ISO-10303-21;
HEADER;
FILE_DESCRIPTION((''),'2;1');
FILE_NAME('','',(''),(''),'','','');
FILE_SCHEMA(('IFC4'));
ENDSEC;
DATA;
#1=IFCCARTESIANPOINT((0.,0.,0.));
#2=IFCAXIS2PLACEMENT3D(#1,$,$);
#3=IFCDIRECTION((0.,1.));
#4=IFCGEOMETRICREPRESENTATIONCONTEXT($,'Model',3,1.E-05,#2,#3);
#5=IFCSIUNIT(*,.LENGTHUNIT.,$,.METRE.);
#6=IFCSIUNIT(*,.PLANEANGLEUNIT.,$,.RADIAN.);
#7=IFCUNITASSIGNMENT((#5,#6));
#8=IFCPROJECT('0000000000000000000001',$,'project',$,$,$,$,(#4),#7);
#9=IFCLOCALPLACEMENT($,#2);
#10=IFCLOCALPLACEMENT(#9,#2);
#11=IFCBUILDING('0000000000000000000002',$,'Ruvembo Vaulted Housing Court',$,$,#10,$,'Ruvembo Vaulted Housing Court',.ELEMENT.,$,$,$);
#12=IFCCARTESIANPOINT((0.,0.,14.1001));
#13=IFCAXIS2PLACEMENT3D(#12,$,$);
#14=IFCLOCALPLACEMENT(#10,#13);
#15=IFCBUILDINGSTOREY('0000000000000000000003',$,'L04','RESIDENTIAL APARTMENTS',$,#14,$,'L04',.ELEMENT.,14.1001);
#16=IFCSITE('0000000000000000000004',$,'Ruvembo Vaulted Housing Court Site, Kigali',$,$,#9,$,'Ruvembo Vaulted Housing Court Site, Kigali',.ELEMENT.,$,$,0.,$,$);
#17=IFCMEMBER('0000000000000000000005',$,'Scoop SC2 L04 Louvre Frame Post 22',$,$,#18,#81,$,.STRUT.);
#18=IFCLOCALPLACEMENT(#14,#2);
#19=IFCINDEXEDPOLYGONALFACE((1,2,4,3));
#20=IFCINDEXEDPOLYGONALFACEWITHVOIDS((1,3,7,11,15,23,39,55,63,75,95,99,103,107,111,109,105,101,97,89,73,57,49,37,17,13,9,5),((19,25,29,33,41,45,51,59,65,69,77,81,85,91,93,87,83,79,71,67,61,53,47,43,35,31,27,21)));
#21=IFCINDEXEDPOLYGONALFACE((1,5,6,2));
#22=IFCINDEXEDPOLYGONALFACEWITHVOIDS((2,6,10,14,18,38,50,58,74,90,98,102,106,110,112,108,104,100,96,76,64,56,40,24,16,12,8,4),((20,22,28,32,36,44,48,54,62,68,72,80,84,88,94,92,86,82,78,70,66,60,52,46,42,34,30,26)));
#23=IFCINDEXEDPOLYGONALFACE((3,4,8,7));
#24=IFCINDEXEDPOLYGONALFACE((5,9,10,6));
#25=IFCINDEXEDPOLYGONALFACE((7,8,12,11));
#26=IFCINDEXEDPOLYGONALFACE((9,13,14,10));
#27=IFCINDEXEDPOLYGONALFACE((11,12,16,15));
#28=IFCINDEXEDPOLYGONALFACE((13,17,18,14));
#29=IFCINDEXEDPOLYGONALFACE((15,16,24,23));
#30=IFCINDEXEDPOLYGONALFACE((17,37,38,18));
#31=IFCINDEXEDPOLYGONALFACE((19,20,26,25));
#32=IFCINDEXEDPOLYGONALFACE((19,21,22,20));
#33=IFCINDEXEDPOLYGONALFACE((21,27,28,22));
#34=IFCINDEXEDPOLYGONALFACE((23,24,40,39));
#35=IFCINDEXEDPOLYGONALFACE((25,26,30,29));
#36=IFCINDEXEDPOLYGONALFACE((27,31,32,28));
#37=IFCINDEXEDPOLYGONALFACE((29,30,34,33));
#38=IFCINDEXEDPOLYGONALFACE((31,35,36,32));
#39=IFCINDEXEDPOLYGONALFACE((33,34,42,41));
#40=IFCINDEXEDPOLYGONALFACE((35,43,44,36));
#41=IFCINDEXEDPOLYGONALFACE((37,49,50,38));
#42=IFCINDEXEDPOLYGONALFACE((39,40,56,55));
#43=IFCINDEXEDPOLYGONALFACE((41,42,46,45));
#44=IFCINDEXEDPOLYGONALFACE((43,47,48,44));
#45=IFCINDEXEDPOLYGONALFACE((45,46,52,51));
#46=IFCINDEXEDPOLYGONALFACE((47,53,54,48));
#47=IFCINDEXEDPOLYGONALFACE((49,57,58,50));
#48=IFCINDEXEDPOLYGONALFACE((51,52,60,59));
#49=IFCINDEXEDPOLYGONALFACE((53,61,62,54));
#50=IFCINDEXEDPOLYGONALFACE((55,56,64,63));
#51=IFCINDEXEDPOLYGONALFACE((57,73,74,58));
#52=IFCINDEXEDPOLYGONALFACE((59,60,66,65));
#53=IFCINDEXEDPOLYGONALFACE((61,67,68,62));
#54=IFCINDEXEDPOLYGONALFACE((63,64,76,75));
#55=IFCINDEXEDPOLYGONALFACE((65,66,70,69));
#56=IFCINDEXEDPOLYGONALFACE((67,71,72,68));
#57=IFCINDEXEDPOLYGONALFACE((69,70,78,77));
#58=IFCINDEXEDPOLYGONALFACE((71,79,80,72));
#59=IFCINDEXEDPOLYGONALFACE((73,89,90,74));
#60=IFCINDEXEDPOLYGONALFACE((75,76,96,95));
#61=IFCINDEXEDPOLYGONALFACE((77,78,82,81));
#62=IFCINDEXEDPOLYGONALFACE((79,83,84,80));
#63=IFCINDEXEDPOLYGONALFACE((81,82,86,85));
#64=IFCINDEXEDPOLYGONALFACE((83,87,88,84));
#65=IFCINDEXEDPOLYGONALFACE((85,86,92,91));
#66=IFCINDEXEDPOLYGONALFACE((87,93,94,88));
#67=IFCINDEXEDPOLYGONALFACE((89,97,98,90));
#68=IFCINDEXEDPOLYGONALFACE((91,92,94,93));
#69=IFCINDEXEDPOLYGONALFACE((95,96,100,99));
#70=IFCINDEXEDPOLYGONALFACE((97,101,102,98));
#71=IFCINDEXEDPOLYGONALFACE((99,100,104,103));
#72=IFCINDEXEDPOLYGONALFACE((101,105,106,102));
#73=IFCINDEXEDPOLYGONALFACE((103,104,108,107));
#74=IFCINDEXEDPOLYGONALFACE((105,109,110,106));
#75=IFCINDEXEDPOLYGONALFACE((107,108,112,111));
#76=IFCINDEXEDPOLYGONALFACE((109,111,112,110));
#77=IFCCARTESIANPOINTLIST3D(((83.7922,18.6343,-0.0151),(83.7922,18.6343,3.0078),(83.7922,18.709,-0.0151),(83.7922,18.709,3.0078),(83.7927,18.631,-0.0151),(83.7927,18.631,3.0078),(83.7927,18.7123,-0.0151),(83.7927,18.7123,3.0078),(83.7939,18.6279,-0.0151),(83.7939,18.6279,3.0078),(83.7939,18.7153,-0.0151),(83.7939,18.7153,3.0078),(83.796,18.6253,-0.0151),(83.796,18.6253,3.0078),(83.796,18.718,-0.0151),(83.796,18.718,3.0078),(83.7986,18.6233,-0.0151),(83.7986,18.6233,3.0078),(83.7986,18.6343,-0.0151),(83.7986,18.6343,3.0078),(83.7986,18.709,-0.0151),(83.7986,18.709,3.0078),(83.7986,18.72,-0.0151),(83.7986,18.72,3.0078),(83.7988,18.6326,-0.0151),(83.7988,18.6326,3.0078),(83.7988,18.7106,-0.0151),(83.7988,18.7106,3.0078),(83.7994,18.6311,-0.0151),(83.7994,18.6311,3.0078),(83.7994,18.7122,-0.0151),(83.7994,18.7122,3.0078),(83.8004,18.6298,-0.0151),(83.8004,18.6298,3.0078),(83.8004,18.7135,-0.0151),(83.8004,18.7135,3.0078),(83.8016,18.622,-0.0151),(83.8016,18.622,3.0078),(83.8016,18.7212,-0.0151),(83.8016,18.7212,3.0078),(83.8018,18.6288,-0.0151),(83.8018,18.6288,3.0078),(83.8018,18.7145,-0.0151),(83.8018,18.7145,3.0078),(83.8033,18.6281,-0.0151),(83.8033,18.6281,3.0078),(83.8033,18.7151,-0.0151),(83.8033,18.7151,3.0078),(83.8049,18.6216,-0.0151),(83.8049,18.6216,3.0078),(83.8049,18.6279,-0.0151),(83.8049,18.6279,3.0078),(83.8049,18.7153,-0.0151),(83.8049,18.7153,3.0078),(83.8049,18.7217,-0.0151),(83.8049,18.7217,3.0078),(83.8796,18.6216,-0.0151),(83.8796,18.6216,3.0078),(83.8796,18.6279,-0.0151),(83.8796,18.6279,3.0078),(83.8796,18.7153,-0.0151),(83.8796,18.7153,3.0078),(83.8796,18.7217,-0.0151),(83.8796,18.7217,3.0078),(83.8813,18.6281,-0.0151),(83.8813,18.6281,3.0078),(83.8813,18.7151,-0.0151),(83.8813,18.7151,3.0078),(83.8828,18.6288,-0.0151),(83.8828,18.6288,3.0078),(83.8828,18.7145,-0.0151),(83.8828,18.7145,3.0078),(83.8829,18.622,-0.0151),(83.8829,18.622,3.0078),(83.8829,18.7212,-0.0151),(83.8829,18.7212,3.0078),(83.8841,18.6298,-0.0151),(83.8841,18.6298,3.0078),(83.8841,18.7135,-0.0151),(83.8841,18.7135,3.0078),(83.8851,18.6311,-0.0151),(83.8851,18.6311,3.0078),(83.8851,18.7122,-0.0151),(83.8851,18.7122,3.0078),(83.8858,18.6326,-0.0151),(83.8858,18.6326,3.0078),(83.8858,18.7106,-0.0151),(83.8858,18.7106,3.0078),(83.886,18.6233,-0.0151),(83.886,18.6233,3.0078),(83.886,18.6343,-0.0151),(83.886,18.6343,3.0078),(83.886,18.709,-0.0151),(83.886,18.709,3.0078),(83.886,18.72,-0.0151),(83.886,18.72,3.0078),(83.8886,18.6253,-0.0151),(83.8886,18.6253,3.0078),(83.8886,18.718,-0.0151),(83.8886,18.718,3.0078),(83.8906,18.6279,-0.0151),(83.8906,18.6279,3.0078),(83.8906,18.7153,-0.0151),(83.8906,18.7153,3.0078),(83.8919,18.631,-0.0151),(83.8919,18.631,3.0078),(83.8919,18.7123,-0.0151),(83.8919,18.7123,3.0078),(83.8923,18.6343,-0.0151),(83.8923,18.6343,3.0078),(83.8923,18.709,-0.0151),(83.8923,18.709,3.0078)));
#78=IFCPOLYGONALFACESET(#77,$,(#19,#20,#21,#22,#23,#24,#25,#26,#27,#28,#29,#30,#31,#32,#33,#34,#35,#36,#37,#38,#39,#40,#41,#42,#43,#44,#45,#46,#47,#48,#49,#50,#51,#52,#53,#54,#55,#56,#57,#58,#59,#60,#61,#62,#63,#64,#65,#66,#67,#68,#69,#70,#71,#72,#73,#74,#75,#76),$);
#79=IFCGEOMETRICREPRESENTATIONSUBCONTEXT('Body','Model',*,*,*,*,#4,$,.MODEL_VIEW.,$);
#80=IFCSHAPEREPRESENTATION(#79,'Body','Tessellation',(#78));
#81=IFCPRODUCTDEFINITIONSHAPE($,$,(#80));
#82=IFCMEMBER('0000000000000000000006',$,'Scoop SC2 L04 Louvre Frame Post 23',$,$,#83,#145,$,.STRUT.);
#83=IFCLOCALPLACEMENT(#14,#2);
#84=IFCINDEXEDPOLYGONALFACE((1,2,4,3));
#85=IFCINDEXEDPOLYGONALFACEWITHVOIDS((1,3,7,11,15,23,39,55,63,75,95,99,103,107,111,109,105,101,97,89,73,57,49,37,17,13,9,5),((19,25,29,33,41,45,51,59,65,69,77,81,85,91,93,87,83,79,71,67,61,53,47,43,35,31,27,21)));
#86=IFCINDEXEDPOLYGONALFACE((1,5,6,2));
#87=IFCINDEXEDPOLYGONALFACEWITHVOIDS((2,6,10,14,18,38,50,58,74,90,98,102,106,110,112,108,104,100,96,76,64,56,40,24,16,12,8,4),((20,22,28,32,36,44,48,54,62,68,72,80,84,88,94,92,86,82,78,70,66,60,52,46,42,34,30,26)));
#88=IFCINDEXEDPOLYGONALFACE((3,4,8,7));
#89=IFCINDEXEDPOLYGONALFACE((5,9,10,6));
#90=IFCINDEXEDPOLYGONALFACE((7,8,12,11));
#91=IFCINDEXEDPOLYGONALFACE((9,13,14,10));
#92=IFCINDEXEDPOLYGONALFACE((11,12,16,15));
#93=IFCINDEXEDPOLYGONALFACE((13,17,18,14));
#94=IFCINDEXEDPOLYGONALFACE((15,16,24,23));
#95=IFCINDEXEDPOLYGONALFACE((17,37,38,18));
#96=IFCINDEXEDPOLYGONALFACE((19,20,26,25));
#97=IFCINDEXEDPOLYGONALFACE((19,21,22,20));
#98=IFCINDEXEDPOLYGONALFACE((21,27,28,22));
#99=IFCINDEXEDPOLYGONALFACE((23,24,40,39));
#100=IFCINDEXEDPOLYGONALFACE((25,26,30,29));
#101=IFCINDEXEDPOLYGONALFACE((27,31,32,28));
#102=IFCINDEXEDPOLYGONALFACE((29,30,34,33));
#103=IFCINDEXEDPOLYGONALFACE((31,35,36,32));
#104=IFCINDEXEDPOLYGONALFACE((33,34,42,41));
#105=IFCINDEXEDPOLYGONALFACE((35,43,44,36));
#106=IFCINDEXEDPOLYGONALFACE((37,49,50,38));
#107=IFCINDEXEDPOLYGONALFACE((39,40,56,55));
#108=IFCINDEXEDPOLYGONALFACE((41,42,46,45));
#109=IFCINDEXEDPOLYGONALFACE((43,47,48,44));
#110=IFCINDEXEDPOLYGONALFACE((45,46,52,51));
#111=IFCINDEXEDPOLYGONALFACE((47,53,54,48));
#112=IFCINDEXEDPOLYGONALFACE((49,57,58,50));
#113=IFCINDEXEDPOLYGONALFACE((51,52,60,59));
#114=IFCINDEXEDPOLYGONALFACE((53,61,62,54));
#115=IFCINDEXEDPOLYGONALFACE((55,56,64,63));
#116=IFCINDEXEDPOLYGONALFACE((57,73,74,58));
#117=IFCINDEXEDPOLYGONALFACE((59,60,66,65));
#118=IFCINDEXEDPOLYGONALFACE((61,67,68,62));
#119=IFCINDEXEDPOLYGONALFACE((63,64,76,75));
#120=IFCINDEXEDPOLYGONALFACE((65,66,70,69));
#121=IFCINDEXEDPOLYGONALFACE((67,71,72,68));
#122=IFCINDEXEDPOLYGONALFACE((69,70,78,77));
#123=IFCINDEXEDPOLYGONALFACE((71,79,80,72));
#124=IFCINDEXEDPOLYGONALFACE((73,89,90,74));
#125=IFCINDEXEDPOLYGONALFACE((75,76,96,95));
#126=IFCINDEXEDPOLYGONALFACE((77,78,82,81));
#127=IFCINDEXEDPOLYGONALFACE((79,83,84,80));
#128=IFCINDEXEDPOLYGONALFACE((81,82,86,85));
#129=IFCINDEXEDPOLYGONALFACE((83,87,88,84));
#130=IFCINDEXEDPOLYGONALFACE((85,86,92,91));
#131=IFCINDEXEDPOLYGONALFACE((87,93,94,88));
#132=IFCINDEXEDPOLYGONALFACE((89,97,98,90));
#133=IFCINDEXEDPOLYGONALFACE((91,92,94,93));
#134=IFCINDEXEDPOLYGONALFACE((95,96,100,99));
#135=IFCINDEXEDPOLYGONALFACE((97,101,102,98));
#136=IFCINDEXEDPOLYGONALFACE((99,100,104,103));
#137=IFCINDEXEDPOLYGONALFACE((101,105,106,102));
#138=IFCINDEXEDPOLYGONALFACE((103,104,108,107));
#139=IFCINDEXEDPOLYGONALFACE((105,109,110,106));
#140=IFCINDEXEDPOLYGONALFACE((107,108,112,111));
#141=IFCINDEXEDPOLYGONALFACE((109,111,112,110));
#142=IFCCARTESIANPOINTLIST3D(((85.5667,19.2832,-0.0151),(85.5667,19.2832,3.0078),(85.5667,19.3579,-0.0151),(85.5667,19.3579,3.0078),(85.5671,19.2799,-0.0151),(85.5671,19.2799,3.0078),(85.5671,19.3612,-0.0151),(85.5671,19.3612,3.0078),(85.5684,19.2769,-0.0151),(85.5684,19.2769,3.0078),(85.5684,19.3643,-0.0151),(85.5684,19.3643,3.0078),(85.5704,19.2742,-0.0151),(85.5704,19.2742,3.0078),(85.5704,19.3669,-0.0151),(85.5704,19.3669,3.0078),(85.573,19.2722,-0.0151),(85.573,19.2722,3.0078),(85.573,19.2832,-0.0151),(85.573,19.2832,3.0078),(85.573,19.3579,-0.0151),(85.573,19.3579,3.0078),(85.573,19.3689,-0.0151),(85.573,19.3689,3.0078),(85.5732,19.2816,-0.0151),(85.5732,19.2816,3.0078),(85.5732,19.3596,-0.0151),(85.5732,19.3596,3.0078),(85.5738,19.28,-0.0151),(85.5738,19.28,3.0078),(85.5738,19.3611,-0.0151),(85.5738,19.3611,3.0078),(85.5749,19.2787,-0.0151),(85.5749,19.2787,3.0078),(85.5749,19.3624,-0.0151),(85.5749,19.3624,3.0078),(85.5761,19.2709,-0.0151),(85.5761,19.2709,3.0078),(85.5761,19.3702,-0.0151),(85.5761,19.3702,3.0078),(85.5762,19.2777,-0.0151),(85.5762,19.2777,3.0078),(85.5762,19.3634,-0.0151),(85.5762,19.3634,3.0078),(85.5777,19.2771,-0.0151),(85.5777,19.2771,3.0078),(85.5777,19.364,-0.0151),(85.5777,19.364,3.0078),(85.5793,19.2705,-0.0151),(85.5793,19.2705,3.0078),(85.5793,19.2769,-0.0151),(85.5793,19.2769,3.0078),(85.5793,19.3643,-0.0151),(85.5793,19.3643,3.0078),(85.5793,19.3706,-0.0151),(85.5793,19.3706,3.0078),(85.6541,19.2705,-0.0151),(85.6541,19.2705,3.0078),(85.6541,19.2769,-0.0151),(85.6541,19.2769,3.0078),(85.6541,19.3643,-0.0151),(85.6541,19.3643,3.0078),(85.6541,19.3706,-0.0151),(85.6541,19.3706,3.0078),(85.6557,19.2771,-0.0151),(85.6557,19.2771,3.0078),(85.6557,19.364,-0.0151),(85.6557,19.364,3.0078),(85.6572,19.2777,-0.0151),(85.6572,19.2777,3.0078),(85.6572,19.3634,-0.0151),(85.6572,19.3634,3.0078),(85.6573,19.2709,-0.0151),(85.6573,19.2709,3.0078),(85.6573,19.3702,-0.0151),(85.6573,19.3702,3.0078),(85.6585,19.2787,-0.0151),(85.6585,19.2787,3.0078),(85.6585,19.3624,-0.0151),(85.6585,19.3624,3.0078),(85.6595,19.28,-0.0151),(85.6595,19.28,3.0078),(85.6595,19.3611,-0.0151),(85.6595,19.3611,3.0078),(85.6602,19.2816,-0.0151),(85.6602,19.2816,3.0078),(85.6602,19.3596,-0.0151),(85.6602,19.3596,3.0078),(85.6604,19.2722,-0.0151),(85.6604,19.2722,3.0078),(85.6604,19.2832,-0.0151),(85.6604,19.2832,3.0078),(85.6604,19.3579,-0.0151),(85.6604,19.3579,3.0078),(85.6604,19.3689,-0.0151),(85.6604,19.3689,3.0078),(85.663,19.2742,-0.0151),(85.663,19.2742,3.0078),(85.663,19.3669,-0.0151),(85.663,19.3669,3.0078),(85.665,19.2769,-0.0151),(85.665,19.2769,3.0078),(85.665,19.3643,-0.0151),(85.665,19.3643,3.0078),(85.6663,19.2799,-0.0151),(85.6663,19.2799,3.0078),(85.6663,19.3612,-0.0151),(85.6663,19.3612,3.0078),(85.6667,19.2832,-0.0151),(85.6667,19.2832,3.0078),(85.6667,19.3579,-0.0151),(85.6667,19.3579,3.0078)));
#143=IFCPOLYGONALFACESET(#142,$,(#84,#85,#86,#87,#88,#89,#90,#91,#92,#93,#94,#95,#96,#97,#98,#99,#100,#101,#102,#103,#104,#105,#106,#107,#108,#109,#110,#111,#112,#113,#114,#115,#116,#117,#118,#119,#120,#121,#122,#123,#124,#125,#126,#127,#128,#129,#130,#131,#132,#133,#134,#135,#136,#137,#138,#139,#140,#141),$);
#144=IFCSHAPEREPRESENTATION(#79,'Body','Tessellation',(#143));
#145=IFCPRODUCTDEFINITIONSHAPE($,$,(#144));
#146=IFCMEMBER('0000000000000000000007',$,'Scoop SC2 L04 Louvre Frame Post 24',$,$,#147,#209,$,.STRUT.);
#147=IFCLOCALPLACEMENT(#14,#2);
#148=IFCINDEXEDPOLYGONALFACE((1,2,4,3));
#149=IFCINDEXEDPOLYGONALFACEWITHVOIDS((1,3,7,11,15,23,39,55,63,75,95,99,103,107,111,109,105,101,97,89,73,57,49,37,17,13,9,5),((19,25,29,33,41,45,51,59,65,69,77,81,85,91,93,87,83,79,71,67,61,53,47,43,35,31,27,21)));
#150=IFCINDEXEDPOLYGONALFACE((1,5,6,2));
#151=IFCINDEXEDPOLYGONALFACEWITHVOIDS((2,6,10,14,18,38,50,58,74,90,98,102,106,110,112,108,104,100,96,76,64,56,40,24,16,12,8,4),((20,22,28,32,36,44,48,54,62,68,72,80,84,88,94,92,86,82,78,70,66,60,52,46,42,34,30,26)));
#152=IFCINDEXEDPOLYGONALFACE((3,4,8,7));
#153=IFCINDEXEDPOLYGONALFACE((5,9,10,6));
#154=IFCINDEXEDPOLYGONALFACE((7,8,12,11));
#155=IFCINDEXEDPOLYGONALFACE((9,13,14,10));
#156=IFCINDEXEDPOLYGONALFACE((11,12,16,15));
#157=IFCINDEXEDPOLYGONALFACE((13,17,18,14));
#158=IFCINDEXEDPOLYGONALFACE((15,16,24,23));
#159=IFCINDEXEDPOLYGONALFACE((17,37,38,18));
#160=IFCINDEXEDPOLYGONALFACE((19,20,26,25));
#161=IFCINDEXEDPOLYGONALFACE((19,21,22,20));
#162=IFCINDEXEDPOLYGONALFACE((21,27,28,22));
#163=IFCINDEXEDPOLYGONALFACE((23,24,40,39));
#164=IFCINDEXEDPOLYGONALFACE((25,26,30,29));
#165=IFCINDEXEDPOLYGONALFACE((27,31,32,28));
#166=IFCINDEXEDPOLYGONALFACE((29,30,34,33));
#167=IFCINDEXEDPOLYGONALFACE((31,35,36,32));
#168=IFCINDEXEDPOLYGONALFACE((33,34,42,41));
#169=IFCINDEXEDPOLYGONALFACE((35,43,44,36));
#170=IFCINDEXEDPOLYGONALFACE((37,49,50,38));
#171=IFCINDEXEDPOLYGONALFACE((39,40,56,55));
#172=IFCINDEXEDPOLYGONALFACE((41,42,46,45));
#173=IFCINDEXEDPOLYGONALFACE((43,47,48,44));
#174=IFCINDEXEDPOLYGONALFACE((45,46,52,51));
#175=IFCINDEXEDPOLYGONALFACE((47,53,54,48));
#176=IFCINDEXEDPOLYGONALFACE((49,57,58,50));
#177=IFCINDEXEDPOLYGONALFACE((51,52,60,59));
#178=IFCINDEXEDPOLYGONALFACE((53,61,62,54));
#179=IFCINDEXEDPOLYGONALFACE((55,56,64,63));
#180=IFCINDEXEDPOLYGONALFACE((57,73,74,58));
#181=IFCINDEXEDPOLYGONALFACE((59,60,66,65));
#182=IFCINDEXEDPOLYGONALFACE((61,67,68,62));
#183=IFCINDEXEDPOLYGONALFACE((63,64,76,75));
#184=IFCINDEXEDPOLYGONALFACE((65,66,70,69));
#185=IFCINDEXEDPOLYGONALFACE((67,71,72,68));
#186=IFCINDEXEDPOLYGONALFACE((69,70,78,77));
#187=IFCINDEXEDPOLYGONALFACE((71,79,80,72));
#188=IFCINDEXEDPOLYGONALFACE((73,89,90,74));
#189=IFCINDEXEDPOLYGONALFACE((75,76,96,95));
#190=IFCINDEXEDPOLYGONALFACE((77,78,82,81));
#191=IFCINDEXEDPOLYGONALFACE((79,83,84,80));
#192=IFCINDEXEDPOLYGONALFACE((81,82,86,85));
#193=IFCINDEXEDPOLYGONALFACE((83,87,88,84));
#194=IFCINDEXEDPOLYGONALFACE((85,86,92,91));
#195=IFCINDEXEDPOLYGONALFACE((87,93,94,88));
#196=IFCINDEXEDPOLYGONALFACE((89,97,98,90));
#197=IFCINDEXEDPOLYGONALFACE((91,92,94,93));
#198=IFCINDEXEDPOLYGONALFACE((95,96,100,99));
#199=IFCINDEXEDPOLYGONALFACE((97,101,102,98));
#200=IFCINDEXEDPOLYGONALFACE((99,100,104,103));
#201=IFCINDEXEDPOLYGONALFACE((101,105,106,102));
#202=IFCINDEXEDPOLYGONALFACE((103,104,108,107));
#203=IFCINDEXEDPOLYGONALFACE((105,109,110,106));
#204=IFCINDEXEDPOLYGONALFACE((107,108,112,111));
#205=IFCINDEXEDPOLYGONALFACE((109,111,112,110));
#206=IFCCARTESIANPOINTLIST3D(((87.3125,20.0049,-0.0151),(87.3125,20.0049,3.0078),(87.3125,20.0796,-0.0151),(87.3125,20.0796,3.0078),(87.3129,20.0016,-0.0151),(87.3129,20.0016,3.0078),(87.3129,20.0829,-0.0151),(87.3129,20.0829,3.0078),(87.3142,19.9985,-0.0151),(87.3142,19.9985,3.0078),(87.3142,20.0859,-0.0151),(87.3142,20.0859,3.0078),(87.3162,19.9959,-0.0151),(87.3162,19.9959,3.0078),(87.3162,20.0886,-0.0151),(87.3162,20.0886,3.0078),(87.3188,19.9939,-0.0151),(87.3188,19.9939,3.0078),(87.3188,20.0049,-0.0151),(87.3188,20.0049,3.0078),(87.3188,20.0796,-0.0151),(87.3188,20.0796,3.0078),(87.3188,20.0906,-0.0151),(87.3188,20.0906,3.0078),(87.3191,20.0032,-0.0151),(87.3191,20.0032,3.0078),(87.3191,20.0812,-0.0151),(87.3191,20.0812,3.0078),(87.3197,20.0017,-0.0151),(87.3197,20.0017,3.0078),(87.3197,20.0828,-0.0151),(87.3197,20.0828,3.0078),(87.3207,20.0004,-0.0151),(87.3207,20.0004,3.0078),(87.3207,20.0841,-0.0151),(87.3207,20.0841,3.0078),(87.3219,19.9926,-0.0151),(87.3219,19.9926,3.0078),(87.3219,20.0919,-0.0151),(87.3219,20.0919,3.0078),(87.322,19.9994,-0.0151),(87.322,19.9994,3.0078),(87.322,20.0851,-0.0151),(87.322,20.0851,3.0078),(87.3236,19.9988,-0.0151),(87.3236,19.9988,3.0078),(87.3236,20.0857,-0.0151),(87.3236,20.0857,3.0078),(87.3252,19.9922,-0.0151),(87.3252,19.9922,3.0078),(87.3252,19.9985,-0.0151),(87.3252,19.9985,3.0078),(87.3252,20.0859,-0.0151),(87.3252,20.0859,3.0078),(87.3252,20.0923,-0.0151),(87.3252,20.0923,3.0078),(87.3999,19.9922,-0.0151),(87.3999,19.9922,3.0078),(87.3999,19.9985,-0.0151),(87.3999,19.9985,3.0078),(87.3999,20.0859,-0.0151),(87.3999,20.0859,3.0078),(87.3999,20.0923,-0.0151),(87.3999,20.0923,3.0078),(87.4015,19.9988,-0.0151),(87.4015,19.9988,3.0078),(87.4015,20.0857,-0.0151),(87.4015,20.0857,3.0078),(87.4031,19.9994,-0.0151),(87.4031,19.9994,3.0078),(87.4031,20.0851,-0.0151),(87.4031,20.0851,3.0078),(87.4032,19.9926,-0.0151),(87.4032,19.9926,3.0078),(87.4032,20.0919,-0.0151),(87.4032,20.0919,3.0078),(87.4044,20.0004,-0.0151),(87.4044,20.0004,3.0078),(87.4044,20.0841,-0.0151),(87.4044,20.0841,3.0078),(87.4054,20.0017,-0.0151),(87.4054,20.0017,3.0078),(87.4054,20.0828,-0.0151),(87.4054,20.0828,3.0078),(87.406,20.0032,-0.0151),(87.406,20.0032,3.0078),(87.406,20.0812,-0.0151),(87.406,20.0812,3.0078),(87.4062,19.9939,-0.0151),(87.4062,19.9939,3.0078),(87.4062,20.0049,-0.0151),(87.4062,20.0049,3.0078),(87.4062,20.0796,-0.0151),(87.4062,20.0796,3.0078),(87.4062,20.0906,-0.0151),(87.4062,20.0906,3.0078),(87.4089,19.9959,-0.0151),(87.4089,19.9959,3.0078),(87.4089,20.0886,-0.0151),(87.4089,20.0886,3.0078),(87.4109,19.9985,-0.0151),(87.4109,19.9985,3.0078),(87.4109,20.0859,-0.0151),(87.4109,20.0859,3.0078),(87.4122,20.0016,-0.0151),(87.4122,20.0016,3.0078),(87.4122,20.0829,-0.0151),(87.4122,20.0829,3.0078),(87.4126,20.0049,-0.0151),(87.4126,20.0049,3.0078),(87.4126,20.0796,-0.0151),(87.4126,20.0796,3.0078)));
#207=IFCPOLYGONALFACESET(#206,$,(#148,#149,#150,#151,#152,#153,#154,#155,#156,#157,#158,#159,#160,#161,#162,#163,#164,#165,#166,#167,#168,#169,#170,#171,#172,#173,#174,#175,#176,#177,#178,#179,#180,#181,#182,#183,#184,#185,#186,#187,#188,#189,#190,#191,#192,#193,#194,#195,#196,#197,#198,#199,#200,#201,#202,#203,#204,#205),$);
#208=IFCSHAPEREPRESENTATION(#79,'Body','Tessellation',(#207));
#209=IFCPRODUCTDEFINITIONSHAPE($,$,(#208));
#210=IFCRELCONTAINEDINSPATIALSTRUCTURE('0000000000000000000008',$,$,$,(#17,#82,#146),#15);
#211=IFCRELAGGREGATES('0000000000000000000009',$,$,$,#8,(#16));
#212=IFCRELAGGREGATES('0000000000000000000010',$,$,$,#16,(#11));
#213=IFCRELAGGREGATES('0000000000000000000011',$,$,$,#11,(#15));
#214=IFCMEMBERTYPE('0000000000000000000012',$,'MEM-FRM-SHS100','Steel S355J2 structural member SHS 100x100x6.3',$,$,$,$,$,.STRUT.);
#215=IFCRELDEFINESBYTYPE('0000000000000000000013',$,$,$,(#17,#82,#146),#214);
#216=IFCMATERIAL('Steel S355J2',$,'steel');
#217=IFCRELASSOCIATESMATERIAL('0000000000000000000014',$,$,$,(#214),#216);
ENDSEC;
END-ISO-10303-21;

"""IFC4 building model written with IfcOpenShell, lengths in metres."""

from ifc_helpers import new_model, si_unit, direction, frame, origin, origin_2d, place, context, subcontext, project, spatial, hollow_rectangle, extrude, material, material_profile, profile_set, type_object, element, save


model = new_model("IFC4")

# Units and contexts
model_context = context("Model", 3, precision=1e-05, world=origin(), true_north=direction((0.0, 1.0)))
body_context = subcontext(model_context, "Body", "Model", "MODEL_VIEW")
ifc_project = project(units=[si_unit("LENGTHUNIT", "METRE"), si_unit("PLANEANGLEUNIT", "RADIAN")], contexts=[model_context])

# Site, building, storey
site_placement = place(None, origin())
site = spatial("IfcSite", under=ifc_project, at=site_placement, Name="Ruvembo Vaulted Housing Court Site, Kigali", LongName="Ruvembo Vaulted Housing Court Site, Kigali", CompositionType="ELEMENT", RefElevation=0.0)
building_placement = place(site_placement, origin())
building = spatial("IfcBuilding", under=site, at=building_placement, Name="Ruvembo Vaulted Housing Court", LongName="Ruvembo Vaulted Housing Court", CompositionType="ELEMENT")
storey_placement = place(building_placement, frame((0.0, 0.0, 14.1001)))
storey = spatial("IfcBuildingStorey", under=building, at=storey_placement, Name="L04", Description="RESIDENTIAL APARTMENTS", LongName="L04", CompositionType="ELEMENT", Elevation=14.1001)

# Shared definitions
ifc_material_1 = material(Name="Steel S355J2", Category="steel")

# Members
ifc_material_profile_1 = material_profile(ifc_material_1, hollow_rectangle(XDim=0.1001, YDim=0.1001, WallThickness=0.0063, InnerFilletRadius=0.0063, OuterFilletRadius=0.0127, at=origin_2d()), Name="SHS 100x100x6.3")
ifc_profile_set_1 = profile_set([ifc_material_profile_1], Name="Steel S355J2")
member_type_1 = type_object("IfcMemberType", Name="MEM-FRM-SHS100", Description="Steel S355J2 structural member SHS 100x100x6.3", PredefinedType="STRUT", material=ifc_profile_set_1)
for number, where, z_axis, x_axis, name in (
    (1, (83.8423, 18.6716, -0.0151), (0.0, 0.0, 1.0), (1.0, 0.0, 0.0), "Scoop SC2 L04 Louvre Frame Post 22"),
    (2, (85.6167, 19.3206, -0.0151), (0.0, 0.0, 1.0), (1.0, 0.0, 0.0), "Scoop SC2 L04 Louvre Frame Post 23"),
    (3, (87.3625, 20.0422, -0.0151), (0.0, 0.0, 1.0), (1.0, 0.0, 0.0), "Scoop SC2 L04 Louvre Frame Post 24"),
):
    element("IfcMember", number, at=place(storey_placement, frame(where, z_axis=z_axis, x_axis=x_axis)), inside=storey, type_object=member_type_1, Name=name, PredefinedType="STRUT", context=body_context, shape_type="SweptSolid", body=[
        extrude(hollow_rectangle(XDim=0.1001, YDim=0.1001, WallThickness=0.0063, InnerFilletRadius=0.0063, OuterFilletRadius=0.0127, at=origin_2d()), origin(), (0.0, 0.0, 1.0), 3.0229),
    ])

save(model, "model.ifc")
